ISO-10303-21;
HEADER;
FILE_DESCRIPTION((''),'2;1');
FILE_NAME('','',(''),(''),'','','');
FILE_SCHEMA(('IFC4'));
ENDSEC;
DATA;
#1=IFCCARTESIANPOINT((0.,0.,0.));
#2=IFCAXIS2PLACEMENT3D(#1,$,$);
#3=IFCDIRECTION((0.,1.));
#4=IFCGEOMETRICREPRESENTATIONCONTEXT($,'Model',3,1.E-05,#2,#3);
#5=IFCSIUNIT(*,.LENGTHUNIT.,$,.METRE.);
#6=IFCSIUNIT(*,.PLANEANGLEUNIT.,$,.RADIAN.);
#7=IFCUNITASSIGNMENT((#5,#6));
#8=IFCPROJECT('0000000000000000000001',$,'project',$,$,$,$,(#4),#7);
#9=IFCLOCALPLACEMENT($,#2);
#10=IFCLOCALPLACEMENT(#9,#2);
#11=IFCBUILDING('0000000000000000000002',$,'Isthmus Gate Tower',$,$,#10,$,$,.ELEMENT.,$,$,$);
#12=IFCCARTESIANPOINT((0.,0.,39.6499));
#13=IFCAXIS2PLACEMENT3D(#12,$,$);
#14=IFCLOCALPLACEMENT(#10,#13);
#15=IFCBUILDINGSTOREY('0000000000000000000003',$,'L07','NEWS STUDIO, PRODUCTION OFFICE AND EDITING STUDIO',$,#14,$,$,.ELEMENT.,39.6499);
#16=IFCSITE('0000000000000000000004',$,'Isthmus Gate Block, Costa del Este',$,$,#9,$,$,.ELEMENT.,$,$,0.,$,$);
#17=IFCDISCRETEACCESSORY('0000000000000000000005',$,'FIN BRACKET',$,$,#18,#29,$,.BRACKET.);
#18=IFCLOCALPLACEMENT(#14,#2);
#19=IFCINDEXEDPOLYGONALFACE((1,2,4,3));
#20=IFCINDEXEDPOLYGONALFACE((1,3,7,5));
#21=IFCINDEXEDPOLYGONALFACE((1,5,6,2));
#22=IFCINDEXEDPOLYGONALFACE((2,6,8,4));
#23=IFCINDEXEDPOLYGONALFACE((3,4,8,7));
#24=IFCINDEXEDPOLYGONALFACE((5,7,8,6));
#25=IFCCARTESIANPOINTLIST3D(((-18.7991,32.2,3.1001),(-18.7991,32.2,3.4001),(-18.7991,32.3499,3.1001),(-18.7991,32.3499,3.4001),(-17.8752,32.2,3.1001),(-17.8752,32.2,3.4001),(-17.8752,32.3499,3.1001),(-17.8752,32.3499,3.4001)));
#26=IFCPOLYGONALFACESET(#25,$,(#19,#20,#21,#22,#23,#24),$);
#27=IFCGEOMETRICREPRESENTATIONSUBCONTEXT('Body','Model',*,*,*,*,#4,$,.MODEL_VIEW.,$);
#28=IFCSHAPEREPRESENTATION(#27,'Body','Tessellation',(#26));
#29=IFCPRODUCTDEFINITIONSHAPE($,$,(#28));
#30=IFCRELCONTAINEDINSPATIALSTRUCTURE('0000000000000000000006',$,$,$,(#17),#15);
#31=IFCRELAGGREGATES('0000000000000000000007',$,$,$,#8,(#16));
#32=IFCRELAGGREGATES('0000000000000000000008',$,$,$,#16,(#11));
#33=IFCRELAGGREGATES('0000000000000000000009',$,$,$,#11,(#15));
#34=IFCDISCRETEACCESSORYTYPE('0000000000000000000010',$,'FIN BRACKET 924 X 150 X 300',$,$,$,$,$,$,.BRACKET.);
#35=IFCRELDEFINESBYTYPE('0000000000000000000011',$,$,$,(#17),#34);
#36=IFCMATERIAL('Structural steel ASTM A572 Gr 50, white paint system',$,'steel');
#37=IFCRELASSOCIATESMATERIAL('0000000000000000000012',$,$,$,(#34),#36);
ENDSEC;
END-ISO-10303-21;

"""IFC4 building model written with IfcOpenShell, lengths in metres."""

from ifc_helpers import new_model, si_unit, direction, frame, origin, origin_2d, place, context, subcontext, project, spatial, rectangle, extrude, material, type_object, element, save


model = new_model("IFC4")

# Units and contexts
model_context = context("Model", 3, precision=1e-05, world=origin(), true_north=direction((0.0, 1.0)))
body_context = subcontext(model_context, "Body", "Model", "MODEL_VIEW")
ifc_project = project(units=[si_unit("LENGTHUNIT", "METRE"), si_unit("PLANEANGLEUNIT", "RADIAN")], contexts=[model_context])

# Site, building, storey
site_placement = place(None, origin())
site = spatial("IfcSite", under=ifc_project, at=site_placement, Name="Isthmus Gate Block, Costa del Este", CompositionType="ELEMENT", RefElevation=0.0)
building_placement = place(site_placement, origin())
building = spatial("IfcBuilding", under=site, at=building_placement, Name="Isthmus Gate Tower", CompositionType="ELEMENT")
storey_placement = place(building_placement, frame((0.0, 0.0, 39.6499)))
storey = spatial("IfcBuildingStorey", under=building, at=storey_placement, Name="L07", Description="NEWS STUDIO, PRODUCTION OFFICE AND EDITING STUDIO", CompositionType="ELEMENT", Elevation=39.6499)

# Discrete accessory
ifc_material_1 = material(Name="Structural steel ASTM A572 Gr 50, white paint system", Category="steel")
discrete_accessory_type_1 = type_object("IfcDiscreteAccessoryType", Name="FIN BRACKET 924 X 150 X 300", PredefinedType="BRACKET", material=ifc_material_1)
discrete_accessory_placement = place(storey_placement, frame((-18.3372, 32.2749, 3.1001), z_axis=(0.0, 0.0, 1.0), x_axis=(0.0, 1.0, 0.0)))
element("IfcDiscreteAccessory", 1, at=discrete_accessory_placement, inside=storey, type_object=discrete_accessory_type_1, Name="FIN BRACKET", PredefinedType="BRACKET", context=body_context, shape_type="SweptSolid", body=[
    extrude(rectangle(XDim=0.1499, YDim=0.9238, at=origin_2d()), origin(), (0.0, 0.0, 1.0), 0.3),
])

save(model, "model.ifc")
